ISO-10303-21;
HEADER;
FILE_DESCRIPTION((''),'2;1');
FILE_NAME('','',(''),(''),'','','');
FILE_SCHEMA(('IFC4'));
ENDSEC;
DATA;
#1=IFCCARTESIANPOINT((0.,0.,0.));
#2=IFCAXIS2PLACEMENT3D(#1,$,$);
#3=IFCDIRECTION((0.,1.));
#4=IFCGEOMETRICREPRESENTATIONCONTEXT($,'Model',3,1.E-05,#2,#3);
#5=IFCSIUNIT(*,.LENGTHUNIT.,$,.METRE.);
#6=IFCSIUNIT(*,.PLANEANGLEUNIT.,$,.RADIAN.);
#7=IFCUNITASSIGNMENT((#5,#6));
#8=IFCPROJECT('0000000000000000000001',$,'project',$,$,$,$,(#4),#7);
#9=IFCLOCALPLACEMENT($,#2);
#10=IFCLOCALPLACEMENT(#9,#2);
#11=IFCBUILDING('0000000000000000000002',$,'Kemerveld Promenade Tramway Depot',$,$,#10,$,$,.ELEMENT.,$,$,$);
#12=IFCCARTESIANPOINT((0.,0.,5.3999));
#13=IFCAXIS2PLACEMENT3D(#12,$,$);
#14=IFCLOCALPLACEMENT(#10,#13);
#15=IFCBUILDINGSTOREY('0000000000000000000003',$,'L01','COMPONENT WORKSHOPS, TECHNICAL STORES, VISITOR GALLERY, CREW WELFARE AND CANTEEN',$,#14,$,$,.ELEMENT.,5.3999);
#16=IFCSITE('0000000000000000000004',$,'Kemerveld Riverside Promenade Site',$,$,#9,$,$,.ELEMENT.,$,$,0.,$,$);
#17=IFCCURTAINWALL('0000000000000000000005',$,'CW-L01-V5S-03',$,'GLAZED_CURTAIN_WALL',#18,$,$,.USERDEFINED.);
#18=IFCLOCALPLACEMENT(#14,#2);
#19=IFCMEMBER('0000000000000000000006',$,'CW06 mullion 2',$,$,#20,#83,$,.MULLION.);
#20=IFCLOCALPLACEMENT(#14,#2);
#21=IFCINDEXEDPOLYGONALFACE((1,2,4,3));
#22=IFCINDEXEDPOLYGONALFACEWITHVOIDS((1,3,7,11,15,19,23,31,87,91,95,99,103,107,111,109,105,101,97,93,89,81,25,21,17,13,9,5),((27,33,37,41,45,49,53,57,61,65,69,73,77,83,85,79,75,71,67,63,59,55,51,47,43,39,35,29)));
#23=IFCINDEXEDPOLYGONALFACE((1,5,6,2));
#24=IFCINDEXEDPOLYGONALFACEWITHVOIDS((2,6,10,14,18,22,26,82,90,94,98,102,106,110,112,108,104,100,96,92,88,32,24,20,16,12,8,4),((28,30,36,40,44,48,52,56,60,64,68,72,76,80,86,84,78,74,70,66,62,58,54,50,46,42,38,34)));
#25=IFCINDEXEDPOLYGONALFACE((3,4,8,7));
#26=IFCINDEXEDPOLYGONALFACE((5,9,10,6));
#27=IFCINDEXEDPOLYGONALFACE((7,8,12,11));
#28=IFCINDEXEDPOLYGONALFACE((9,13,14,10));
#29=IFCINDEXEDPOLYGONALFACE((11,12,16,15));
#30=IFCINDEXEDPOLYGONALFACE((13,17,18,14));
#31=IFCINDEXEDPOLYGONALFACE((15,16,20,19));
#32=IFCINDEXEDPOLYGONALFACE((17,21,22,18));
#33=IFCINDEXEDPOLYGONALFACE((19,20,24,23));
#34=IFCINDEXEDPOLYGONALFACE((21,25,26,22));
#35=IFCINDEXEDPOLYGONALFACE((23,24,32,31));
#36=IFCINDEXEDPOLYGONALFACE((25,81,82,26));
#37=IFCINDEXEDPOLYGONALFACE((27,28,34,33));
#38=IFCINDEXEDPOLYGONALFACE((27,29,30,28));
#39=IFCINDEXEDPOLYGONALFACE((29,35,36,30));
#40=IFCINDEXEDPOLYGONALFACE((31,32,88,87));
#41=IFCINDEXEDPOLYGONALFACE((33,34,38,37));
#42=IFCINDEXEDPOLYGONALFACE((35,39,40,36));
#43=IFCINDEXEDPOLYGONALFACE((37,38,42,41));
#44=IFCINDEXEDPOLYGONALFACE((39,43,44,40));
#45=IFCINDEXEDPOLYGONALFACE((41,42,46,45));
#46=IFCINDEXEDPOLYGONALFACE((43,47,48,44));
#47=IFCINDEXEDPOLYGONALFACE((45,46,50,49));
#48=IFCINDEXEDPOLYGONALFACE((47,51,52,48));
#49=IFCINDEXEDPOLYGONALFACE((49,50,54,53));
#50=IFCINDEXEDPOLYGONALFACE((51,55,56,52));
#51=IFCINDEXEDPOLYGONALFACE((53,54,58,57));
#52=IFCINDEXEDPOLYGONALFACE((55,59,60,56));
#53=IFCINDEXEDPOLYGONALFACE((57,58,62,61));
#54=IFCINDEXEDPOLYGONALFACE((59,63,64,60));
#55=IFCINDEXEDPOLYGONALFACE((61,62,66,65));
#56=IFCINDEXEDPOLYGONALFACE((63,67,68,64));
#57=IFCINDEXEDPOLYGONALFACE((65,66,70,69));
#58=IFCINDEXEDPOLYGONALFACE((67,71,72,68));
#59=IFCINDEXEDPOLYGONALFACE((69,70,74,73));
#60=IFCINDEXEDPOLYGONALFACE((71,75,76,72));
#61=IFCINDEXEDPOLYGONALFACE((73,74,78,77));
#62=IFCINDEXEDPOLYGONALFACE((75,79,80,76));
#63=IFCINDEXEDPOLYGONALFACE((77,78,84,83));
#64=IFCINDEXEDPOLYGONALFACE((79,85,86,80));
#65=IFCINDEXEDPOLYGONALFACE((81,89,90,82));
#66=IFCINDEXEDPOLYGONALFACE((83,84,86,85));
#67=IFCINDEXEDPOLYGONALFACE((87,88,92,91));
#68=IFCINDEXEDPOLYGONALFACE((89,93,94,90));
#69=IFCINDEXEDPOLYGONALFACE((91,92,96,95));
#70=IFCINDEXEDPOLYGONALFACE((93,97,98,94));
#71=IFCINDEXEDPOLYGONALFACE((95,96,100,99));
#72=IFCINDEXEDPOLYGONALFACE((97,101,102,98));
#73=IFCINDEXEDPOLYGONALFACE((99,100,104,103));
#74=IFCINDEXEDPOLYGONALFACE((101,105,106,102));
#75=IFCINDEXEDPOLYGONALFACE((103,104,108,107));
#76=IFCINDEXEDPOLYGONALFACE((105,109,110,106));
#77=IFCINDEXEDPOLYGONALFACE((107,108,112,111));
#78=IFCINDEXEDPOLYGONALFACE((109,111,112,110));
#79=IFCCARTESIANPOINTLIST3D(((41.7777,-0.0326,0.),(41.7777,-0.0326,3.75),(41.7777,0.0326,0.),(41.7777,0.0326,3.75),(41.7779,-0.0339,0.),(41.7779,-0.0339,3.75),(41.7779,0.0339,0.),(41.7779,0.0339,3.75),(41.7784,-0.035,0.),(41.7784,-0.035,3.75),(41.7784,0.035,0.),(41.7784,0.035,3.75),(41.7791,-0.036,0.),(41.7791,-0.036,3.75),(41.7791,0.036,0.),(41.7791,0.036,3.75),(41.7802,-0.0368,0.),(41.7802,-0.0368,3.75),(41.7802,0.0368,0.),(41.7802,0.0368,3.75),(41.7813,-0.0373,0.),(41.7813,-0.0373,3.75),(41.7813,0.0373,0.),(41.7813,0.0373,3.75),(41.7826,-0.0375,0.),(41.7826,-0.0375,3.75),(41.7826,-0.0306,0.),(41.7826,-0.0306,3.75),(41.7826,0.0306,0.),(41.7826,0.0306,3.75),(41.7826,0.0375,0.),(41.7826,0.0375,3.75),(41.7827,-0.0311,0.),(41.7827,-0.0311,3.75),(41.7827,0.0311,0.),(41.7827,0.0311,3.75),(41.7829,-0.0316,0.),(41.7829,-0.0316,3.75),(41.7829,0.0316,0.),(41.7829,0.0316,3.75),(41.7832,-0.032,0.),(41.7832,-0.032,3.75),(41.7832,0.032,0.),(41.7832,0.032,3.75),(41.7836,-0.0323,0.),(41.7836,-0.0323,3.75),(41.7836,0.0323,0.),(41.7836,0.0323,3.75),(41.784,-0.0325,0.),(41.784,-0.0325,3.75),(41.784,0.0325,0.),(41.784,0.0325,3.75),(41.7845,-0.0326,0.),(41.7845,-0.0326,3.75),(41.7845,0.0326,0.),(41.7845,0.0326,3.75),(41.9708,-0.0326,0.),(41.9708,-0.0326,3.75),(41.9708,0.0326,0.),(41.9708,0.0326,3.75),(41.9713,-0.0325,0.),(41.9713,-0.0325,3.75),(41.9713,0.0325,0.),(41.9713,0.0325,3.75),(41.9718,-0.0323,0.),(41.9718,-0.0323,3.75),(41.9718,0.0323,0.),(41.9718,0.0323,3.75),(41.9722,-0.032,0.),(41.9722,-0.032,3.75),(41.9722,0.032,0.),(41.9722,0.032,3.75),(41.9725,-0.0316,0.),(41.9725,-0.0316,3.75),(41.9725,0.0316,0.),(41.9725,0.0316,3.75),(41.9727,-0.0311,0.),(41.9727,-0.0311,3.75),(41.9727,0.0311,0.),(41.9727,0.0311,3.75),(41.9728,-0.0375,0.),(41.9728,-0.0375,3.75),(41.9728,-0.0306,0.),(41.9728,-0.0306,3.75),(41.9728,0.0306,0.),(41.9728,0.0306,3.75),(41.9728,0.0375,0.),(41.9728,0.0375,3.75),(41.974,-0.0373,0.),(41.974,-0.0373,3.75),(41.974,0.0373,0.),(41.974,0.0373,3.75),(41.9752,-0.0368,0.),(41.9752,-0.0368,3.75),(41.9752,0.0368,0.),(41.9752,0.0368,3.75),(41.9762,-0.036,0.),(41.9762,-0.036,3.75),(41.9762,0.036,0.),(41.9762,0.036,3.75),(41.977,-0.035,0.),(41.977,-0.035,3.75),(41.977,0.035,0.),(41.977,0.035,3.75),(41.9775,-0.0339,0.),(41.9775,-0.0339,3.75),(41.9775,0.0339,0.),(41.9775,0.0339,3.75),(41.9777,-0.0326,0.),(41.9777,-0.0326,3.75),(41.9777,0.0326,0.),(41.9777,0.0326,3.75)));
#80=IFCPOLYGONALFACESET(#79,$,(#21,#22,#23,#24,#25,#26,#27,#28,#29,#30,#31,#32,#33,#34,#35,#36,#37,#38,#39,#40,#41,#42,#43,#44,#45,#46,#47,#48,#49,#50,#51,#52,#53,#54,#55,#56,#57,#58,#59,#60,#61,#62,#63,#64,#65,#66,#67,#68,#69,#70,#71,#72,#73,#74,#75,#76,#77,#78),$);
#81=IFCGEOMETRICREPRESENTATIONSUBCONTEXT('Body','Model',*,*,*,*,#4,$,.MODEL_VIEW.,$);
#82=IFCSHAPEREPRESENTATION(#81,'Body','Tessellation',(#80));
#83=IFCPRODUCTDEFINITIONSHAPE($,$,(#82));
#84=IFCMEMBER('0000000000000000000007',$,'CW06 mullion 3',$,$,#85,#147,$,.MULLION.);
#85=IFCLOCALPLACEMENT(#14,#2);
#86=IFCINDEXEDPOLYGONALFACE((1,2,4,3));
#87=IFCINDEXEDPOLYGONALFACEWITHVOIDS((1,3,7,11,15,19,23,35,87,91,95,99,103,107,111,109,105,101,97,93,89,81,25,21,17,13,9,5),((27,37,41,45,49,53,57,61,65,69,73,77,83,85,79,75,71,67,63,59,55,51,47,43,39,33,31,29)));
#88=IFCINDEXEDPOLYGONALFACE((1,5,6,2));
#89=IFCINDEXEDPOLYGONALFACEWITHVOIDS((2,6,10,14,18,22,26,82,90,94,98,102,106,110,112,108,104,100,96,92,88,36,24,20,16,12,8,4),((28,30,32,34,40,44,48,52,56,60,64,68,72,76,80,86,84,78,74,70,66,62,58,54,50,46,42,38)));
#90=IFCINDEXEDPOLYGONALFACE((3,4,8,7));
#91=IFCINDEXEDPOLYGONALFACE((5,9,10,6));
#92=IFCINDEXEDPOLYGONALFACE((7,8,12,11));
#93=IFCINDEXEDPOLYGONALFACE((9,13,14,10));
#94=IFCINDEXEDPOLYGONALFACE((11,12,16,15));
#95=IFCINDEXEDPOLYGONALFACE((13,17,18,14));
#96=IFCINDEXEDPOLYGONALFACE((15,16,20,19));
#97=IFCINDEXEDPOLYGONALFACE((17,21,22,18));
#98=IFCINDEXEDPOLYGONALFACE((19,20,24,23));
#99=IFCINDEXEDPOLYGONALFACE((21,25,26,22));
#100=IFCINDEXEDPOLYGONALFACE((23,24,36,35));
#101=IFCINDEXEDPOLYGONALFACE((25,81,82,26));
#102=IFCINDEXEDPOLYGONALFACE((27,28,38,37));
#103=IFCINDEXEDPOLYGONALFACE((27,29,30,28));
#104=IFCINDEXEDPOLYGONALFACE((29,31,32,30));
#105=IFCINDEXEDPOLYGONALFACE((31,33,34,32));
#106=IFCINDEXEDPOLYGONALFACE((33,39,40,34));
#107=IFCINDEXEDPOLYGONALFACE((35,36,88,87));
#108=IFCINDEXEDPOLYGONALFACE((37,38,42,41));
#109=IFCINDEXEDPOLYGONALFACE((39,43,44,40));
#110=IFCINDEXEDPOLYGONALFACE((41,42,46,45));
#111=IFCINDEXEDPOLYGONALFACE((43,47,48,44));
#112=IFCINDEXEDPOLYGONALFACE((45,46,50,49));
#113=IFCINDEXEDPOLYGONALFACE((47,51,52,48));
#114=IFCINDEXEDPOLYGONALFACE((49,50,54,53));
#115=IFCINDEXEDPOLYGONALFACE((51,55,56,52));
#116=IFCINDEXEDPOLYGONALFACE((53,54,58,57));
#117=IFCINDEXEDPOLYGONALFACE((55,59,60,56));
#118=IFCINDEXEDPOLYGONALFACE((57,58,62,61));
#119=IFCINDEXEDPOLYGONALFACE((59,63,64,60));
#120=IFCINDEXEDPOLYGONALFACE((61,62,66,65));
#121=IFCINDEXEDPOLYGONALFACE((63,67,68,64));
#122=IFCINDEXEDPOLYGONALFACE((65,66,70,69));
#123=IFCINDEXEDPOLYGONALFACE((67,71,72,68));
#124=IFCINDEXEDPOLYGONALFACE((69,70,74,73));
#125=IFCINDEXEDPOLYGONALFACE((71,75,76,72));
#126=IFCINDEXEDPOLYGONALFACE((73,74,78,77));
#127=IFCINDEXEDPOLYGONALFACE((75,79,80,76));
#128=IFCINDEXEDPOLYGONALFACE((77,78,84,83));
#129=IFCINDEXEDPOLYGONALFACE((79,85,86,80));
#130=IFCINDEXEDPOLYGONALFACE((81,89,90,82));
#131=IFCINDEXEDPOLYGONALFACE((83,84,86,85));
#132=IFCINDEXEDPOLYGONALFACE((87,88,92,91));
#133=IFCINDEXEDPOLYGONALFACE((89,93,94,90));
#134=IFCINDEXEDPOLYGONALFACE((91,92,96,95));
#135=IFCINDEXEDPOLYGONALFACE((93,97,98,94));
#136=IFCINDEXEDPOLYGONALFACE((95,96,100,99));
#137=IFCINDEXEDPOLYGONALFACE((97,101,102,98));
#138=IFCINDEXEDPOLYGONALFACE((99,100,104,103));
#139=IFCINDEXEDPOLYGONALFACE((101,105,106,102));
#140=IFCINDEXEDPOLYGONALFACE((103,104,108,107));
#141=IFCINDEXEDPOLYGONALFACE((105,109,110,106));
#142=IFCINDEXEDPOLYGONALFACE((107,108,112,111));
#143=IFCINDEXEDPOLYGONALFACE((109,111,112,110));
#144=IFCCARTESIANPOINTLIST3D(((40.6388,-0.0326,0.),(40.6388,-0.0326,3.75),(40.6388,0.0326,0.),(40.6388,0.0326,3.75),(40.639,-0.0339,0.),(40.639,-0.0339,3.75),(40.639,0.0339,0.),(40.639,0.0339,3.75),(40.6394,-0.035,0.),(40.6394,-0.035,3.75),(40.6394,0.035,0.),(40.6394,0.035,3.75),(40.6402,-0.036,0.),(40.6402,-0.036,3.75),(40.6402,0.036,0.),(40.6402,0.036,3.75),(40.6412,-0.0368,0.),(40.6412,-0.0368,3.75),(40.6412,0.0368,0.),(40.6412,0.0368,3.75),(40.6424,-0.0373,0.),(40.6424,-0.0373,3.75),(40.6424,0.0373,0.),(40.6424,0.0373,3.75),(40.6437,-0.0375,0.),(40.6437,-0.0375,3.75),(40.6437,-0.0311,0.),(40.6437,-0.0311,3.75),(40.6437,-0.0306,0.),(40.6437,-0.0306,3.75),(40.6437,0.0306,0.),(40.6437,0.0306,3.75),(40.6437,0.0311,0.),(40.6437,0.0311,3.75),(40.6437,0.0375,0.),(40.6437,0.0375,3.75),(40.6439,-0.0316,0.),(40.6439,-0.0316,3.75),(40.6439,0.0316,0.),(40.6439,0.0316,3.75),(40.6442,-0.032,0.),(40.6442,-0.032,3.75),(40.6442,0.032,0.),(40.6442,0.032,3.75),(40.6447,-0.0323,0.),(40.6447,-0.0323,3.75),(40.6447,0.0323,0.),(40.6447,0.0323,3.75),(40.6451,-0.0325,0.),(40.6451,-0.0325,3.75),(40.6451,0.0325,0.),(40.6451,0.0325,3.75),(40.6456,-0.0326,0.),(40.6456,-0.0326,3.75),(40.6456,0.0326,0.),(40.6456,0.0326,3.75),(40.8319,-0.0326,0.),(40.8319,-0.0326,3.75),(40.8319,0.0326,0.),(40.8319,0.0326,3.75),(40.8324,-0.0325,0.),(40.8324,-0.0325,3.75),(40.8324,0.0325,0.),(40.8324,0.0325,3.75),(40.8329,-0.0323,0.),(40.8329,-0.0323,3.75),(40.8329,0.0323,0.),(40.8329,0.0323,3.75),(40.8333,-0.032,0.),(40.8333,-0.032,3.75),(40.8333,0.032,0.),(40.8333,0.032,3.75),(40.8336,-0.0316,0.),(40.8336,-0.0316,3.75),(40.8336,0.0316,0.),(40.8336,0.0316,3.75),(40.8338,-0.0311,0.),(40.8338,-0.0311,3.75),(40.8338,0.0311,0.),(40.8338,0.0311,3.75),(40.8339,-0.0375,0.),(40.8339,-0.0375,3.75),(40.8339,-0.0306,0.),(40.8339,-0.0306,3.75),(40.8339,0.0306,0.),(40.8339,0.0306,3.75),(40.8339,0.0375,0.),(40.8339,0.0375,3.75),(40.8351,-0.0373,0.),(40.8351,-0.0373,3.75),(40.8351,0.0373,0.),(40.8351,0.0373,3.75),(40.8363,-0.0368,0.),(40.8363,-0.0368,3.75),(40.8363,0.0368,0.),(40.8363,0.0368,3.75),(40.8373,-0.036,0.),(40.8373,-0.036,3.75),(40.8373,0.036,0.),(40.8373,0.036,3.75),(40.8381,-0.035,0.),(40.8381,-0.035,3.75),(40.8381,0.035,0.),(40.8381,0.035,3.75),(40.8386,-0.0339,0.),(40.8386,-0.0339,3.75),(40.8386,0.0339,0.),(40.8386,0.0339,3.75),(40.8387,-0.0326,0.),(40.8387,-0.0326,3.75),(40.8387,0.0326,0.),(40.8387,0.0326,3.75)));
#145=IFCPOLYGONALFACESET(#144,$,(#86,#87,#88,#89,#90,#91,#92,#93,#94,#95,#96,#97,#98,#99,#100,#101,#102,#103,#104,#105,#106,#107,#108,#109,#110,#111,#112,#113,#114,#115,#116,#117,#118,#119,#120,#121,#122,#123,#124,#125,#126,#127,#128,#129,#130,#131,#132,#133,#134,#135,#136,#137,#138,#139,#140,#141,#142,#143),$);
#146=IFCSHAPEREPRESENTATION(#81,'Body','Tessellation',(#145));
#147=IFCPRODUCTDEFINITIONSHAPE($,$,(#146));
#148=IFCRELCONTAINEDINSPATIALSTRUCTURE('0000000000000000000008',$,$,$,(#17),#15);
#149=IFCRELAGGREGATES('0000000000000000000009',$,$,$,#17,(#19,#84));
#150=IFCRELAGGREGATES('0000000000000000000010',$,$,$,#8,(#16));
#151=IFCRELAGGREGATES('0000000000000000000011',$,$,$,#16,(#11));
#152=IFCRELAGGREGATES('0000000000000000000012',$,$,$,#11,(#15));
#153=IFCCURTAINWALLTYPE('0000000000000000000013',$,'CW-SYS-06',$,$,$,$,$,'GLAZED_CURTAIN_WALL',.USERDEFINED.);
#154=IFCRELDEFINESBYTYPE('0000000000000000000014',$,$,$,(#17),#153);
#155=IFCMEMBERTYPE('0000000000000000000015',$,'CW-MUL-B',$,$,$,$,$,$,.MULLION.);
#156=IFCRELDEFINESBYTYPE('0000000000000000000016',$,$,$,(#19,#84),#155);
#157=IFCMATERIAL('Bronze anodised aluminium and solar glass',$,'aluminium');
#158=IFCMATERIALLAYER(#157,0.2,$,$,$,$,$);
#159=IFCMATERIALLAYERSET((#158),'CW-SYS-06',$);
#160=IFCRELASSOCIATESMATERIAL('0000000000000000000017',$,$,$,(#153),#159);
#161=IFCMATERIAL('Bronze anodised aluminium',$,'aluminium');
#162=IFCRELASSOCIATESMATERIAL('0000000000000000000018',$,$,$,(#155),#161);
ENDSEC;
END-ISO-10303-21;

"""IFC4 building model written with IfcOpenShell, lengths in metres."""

from ifc_helpers import new_model, si_unit, direction, frame, origin, origin_2d, place, context, subcontext, project, spatial, hollow_rectangle, extrude, material, layer, layer_set, material_profile, profile_set, type_object, element, aggregate, save


model = new_model("IFC4")

# Units and contexts
model_context = context("Model", 3, precision=1e-05, world=origin(), true_north=direction((0.0, 1.0)))
body_context = subcontext(model_context, "Body", "Model", "MODEL_VIEW")
ifc_project = project(units=[si_unit("LENGTHUNIT", "METRE"), si_unit("PLANEANGLEUNIT", "RADIAN")], contexts=[model_context])

# Site, building, storey
site_placement = place(None, origin())
site = spatial("IfcSite", under=ifc_project, at=site_placement, Name="Kemerveld Riverside Promenade Site", CompositionType="ELEMENT", RefElevation=0.0)
building_placement = place(site_placement, origin())
building = spatial("IfcBuilding", under=site, at=building_placement, Name="Kemerveld Promenade Tramway Depot", CompositionType="ELEMENT")
storey_placement = place(building_placement, frame((0.0, 0.0, 5.3999)))
storey = spatial("IfcBuildingStorey", under=building, at=storey_placement, Name="L01", Description="COMPONENT WORKSHOPS, TECHNICAL STORES, VISITOR GALLERY, CREW WELFARE AND CANTEEN", CompositionType="ELEMENT", Elevation=5.3999)

# Curtain wall, members
ifc_material_1 = material(Name="Bronze anodised aluminium and solar glass", Category="aluminium")
ifc_layer_1 = layer(ifc_material_1, 0.2)
ifc_layer_set_1 = layer_set([ifc_layer_1], Name="CW-SYS-06")
curtain_wall_type = type_object("IfcCurtainWallType", Name="CW-SYS-06", ElementType="GLAZED_CURTAIN_WALL", PredefinedType="USERDEFINED", material=ifc_layer_set_1)
curtain_wall_placement = place(storey_placement, origin())
curtain_wall = element("IfcCurtainWall", 1, at=curtain_wall_placement, inside=storey, type_object=curtain_wall_type, Name="CW-L01-V5S-03", ObjectType="GLAZED_CURTAIN_WALL", PredefinedType="USERDEFINED")
ifc_material_2 = material(Name="Bronze anodised aluminium", Category="aluminium")
ifc_material_profile_1 = material_profile(ifc_material_2, hollow_rectangle(XDim=0.075, YDim=0.2, WallThickness=0.0049, InnerFilletRadius=0.002, OuterFilletRadius=0.0049, at=origin_2d()), Name="CW-MUL-200x75")
ifc_profile_set_1 = profile_set([ifc_material_profile_1], Name="Bronze anodised aluminium")
member_type_1 = type_object("IfcMemberType", Name="CW-MUL-B", PredefinedType="MULLION", material=ifc_profile_set_1)
member_1_placement = place(storey_placement, frame((41.8777, 0.0, 0.0), z_axis=(0.0, 0.0, 1.0), x_axis=(0.0, -1.0, 0.0)))
member_1 = element("IfcMember", 2, at=member_1_placement, type_object=member_type_1, Name="CW06 mullion 2", PredefinedType="MULLION", context=body_context, shape_type="SweptSolid", body=[
    extrude(hollow_rectangle(XDim=0.075, YDim=0.2, WallThickness=0.0049, InnerFilletRadius=0.002, OuterFilletRadius=0.0049, at=origin_2d()), origin(), (0.0, 0.0, 1.0), 3.75),
])
member_2_placement = place(storey_placement, frame((40.7388, 0.0, 0.0), z_axis=(0.0, 0.0, 1.0), x_axis=(0.0, -1.0, 0.0)))
member_2 = element("IfcMember", 3, at=member_2_placement, type_object=member_type_1, Name="CW06 mullion 3", PredefinedType="MULLION", context=body_context, shape_type="SweptSolid", body=[
    extrude(hollow_rectangle(XDim=0.075, YDim=0.2, WallThickness=0.0049, InnerFilletRadius=0.002, OuterFilletRadius=0.0049, at=origin_2d()), origin(), (0.0, 0.0, 1.0), 3.75),
])
aggregate(curtain_wall, [member_1, member_2])

save(model, "model.ifc")
